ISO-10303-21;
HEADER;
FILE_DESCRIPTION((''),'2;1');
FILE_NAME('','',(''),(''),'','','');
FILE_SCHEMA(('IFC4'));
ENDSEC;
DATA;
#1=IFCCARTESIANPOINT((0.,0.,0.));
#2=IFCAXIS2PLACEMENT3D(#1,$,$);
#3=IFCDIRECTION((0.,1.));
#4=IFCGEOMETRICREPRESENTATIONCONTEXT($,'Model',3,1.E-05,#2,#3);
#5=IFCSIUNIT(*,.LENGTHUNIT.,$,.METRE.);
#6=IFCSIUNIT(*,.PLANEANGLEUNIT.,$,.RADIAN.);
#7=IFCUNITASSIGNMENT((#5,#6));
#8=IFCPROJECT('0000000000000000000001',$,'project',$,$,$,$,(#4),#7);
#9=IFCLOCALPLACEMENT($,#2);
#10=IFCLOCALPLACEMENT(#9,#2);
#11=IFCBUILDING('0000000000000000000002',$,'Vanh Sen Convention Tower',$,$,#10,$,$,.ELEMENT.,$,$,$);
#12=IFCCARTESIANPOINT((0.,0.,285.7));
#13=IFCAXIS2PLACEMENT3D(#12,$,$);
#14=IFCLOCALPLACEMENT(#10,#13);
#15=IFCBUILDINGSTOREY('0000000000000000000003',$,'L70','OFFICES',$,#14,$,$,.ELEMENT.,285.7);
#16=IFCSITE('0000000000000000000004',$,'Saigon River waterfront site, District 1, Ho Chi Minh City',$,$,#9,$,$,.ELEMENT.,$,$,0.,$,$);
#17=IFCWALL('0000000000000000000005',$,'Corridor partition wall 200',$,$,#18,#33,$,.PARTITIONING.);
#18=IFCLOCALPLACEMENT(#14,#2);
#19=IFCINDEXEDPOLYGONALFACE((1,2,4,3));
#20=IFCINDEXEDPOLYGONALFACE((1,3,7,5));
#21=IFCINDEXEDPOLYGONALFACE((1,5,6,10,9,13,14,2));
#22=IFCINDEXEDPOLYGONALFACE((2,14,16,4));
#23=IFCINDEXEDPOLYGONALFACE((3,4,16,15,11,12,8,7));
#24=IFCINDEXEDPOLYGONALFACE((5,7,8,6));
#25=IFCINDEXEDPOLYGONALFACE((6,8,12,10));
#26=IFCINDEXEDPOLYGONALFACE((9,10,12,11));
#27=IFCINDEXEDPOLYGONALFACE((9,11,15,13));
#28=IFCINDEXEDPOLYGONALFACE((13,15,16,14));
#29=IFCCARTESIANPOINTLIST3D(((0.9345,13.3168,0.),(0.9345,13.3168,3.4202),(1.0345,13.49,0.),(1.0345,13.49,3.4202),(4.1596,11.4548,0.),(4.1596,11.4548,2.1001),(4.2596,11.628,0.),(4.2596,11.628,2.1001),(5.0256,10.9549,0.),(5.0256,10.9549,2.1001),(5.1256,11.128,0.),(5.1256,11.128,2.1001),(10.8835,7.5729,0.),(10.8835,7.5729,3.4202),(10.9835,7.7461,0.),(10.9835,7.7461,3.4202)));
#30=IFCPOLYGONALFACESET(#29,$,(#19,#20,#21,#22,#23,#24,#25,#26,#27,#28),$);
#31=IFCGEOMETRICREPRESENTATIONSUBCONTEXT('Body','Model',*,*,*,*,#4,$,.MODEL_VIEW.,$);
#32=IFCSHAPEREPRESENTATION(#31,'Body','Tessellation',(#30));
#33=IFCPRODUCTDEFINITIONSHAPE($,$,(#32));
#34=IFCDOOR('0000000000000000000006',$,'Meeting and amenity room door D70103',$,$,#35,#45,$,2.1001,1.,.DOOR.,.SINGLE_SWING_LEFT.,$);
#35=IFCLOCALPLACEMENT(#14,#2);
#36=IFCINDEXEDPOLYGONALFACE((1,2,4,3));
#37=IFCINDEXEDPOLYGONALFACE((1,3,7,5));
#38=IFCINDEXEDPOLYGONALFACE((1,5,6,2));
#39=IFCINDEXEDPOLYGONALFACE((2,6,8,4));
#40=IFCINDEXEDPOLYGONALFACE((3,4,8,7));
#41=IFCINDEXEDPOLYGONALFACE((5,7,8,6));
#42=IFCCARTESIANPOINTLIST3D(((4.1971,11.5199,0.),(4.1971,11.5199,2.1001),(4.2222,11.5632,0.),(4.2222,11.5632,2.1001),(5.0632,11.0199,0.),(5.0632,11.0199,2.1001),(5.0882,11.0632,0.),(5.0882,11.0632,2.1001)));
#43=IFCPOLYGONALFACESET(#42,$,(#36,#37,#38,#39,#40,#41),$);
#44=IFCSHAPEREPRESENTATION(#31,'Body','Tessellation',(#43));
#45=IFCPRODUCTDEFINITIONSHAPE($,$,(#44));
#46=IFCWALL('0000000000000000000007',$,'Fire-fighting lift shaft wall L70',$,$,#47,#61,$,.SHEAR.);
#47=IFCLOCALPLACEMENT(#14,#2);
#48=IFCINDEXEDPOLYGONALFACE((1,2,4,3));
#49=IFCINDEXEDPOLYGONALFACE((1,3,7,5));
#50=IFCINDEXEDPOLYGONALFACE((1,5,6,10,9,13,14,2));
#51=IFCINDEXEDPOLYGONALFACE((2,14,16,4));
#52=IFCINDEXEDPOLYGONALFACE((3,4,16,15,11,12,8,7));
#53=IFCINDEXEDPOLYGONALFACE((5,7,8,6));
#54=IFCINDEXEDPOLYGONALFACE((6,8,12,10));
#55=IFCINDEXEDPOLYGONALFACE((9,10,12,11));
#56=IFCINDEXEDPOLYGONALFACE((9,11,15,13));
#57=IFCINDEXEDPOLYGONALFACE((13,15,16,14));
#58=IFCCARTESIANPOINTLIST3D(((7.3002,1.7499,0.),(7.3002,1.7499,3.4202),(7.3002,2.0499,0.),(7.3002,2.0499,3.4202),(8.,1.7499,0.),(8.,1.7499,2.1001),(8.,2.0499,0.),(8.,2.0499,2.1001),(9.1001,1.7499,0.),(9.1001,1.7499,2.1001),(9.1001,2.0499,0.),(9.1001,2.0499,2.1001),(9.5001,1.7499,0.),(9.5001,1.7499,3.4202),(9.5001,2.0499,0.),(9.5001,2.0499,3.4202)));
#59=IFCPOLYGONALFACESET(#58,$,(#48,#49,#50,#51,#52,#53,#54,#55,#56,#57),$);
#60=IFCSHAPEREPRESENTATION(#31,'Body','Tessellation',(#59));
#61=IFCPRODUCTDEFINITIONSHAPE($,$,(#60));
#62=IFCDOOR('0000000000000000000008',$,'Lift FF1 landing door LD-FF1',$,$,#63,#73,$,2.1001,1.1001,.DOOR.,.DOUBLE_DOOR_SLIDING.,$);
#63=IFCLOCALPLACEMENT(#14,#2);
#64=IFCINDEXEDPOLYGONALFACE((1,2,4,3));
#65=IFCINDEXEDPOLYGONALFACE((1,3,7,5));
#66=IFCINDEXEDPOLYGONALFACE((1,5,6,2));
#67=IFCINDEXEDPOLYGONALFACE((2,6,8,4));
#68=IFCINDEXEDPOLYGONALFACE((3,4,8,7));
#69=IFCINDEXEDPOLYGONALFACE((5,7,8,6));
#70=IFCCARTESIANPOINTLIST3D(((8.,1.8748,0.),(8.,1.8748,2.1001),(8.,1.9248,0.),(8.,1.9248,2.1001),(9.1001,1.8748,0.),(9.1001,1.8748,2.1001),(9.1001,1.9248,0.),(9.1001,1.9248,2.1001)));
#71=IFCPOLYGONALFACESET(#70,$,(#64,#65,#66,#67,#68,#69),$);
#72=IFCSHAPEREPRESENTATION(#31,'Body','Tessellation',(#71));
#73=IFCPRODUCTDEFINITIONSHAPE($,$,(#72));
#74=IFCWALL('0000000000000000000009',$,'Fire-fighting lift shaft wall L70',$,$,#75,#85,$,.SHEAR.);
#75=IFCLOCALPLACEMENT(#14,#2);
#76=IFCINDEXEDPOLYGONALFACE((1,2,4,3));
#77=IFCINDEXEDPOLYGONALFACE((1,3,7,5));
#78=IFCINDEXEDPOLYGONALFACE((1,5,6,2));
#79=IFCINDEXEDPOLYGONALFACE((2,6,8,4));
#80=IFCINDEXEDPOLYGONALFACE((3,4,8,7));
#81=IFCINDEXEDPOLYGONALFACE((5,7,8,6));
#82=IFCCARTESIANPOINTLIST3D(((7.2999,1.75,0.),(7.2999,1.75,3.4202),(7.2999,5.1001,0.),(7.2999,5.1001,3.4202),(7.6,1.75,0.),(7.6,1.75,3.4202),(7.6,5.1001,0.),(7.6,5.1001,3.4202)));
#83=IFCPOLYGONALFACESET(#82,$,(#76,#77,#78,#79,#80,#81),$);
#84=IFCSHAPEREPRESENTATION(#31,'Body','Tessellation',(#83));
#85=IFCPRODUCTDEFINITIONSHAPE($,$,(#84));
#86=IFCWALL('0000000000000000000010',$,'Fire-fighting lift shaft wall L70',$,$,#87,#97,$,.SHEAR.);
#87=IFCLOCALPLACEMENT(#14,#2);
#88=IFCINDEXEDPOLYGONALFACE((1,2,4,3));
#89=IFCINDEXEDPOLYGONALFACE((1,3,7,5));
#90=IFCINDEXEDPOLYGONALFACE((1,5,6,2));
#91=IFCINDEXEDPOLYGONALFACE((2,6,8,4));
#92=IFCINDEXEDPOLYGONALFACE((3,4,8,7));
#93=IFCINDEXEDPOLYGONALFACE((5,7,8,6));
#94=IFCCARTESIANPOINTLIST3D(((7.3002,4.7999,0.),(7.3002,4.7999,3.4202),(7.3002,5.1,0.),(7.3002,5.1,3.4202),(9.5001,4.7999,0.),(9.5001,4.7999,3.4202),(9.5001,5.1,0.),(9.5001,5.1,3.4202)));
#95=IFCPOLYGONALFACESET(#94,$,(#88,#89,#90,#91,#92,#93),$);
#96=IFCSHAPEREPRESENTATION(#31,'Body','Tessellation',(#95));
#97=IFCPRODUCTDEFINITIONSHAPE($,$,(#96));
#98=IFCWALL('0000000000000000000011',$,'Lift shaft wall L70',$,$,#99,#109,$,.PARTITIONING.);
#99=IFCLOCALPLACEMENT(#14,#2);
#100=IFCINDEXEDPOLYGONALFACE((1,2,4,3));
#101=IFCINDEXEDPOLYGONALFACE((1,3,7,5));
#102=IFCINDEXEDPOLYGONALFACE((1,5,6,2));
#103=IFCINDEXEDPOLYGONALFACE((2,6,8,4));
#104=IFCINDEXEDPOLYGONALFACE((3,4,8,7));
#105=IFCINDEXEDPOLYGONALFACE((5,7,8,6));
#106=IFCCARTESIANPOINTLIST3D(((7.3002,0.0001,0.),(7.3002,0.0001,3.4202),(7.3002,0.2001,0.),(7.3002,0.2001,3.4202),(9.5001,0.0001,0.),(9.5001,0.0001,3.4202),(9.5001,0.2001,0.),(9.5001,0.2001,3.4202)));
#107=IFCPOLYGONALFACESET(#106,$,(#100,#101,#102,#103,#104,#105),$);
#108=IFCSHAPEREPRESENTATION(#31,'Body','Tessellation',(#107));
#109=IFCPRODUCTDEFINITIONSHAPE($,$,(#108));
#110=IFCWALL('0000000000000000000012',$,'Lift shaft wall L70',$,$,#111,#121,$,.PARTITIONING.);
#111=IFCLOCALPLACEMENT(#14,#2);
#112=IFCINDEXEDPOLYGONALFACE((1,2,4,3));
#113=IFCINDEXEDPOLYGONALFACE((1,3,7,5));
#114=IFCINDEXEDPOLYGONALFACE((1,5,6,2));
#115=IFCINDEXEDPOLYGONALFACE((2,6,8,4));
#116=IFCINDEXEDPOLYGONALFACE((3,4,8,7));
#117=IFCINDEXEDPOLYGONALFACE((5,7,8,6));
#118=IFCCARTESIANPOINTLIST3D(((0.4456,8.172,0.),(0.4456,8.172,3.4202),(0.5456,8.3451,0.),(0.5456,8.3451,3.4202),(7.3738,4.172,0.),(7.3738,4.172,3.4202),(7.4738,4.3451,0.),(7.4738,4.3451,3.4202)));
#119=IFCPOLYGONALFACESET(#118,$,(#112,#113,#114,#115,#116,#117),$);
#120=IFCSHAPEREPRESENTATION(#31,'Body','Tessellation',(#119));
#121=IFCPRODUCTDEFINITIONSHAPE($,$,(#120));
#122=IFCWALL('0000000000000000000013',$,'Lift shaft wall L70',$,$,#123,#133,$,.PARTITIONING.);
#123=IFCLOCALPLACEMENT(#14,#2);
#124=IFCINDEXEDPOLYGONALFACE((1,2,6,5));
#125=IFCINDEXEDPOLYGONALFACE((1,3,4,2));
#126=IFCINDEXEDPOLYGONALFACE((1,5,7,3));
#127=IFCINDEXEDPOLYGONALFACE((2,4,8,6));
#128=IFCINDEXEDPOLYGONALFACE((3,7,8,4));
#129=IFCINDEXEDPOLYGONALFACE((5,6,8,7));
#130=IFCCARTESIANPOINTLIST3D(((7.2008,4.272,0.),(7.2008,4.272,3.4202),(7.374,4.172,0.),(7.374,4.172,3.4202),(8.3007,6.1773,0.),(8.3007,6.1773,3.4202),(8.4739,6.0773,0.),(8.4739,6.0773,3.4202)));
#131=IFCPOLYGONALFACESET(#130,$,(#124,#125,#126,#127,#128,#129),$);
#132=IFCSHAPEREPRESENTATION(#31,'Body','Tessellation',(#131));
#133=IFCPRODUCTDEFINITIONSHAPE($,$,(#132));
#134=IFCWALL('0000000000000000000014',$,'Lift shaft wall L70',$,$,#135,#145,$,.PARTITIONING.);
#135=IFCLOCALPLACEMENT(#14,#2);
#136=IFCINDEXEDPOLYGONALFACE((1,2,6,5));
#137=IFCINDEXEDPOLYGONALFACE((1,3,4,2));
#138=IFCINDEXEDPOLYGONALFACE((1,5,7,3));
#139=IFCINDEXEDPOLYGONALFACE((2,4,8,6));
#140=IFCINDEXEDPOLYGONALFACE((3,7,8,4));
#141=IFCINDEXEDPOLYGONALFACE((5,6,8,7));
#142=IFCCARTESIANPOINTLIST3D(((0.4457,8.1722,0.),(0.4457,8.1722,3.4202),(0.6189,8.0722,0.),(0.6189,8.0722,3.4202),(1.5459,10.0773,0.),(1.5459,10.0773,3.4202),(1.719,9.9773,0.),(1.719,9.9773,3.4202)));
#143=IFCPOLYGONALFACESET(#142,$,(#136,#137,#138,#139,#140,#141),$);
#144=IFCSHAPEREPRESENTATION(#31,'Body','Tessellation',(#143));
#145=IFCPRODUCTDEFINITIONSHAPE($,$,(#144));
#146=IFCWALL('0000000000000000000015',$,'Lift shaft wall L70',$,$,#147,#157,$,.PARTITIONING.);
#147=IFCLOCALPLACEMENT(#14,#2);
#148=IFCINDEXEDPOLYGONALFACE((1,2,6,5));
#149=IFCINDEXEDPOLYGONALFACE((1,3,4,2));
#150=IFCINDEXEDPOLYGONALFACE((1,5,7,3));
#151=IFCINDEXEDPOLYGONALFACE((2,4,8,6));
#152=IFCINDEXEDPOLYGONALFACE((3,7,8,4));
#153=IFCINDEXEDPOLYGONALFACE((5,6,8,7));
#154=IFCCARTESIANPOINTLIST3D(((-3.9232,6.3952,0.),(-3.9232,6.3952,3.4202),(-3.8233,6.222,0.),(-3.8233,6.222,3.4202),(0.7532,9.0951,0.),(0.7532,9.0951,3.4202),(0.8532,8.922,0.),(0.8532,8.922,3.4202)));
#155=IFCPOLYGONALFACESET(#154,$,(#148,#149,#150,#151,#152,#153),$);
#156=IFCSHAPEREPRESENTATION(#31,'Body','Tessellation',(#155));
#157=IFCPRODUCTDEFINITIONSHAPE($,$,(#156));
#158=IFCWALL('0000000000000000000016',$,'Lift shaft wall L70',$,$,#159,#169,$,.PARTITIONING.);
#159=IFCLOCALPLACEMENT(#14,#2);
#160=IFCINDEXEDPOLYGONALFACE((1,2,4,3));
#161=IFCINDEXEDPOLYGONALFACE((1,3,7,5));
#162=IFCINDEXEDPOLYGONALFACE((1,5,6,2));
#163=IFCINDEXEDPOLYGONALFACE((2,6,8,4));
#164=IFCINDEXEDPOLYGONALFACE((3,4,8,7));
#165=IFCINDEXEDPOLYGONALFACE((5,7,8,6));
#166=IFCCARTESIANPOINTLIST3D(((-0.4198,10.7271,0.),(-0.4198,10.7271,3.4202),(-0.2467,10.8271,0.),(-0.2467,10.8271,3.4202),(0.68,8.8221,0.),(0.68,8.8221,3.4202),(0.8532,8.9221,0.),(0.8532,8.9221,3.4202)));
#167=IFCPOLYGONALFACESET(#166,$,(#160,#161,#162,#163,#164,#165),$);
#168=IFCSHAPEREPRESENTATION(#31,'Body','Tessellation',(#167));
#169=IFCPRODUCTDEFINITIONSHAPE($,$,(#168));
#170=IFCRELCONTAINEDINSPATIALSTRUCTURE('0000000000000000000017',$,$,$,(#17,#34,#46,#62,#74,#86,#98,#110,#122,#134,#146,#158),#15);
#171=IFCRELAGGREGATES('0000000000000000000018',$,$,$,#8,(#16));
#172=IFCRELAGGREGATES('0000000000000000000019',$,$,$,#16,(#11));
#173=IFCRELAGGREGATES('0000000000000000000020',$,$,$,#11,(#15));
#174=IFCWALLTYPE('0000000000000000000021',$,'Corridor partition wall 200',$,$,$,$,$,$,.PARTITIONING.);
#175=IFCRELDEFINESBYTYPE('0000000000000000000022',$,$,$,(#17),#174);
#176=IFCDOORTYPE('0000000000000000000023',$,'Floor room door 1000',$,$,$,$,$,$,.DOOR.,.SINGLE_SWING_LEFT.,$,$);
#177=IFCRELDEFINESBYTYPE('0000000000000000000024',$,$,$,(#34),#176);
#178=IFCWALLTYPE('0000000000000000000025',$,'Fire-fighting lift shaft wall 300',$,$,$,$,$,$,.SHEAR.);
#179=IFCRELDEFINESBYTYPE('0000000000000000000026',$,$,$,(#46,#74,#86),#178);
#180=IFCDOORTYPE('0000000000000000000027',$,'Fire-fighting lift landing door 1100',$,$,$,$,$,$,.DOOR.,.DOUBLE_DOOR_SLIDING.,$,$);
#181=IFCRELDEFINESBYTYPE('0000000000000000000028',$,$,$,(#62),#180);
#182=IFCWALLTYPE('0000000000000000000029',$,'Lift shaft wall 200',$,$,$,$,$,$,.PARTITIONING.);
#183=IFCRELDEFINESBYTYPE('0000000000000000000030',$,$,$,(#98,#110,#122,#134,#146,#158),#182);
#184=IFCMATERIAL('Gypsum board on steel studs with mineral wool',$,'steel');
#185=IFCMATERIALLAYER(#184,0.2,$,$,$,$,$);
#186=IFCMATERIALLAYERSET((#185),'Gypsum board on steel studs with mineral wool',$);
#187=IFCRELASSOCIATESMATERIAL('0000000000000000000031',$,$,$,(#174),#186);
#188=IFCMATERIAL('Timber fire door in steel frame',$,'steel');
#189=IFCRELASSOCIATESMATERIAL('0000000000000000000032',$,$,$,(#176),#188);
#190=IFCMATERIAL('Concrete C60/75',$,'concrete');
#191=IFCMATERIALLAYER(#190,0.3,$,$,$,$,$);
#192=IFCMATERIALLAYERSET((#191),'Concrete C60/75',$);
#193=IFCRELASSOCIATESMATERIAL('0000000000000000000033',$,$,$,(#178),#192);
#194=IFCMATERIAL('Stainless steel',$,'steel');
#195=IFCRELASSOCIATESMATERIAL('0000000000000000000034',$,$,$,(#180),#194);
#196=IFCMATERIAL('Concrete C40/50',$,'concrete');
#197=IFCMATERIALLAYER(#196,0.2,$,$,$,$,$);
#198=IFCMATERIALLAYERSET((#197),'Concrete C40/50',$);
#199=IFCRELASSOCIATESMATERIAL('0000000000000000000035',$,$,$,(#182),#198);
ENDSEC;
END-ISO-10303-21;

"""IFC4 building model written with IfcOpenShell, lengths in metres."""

from ifc_helpers import new_model, si_unit, direction, frame, frame_2d, origin, place, context, subcontext, project, spatial, rectangle, extrude, material, layer, layer_set, type_object, element, fill, save


model = new_model("IFC4")

# Units and contexts
model_context = context("Model", 3, precision=1e-05, world=origin(), true_north=direction((0.0, 1.0)))
body_context = subcontext(model_context, "Body", "Model", "MODEL_VIEW")
ifc_project = project(units=[si_unit("LENGTHUNIT", "METRE"), si_unit("PLANEANGLEUNIT", "RADIAN")], contexts=[model_context])

# Site, building, storey
site_placement = place(None, origin())
site = spatial("IfcSite", under=ifc_project, at=site_placement, Name="Saigon River waterfront site, District 1, Ho Chi Minh City", CompositionType="ELEMENT", RefElevation=0.0)
building_placement = place(site_placement, origin())
building = spatial("IfcBuilding", under=site, at=building_placement, Name="Vanh Sen Convention Tower", CompositionType="ELEMENT")
storey_placement = place(building_placement, frame((0.0, 0.0, 285.7)))
storey = spatial("IfcBuildingStorey", under=building, at=storey_placement, Name="L70", Description="OFFICES", CompositionType="ELEMENT", Elevation=285.7)

# Shared definitions
ifc_material_1 = material(Name="Concrete C40/50", Category="concrete")

# Walls, openings, doors
ifc_material_2 = material(Name="Concrete C60/75", Category="concrete")
ifc_material_3 = material(Name="Gypsum board on steel studs with mineral wool", Category="steel")
ifc_layer_1 = layer(ifc_material_3, 0.2)
ifc_layer_set_1 = layer_set([ifc_layer_1], Name="Gypsum board on steel studs with mineral wool")
wall_type_1 = type_object("IfcWallType", Name="Corridor partition wall 200", PredefinedType="PARTITIONING", material=ifc_layer_set_1)
wall_1_placement = place(storey_placement, frame((10.9336, 7.6594, 0.0), z_axis=(0.0, 0.0, 1.0), x_axis=(-0.866031, 0.49999, 0.0)))
wall_1 = element("IfcWall", 1, at=wall_1_placement, inside=storey, type_object=wall_type_1, Name="Corridor partition wall 200", PredefinedType="PARTITIONING", context=body_context, shape_type="SweptSolid", body=[
    extrude(rectangle(XDim=11.488, YDim=0.2, at=frame_2d((5.7441, 0.0))), origin(), (0.0, 0.0, 1.0), 3.4202),
])
opening_1_placement = place(wall_1_placement, frame((6.7642, 0.0, 0.0)))
opening_1 = element("IfcOpeningElement", 2, at=opening_1_placement, cuts=wall_1, PredefinedType="OPENING", context=body_context, shape_type="SweptSolid", body=[
    extrude(rectangle(XDim=1.0, YDim=2.1001, at=frame_2d((0.5, 1.05))), frame((0.0, 0.1099, 0.0), z_axis=(0.0, -1.0, 0.0), x_axis=(1.0, 0.0, 0.0)), (0.0, 0.0, 1.0), 0.22),
])
ifc_material_4 = material(Name="Timber fire door in steel frame", Category="steel")
door_type_1 = type_object("IfcDoorType", Name="Floor room door 1000", OperationType="SINGLE_SWING_LEFT", PredefinedType="DOOR", material=ifc_material_4)
door_1_placement = place(opening_1_placement, origin())
door_1 = element("IfcDoor", 3, at=door_1_placement, inside=storey, type_object=door_type_1, Name="Meeting and amenity room door D70103", OperationType="SINGLE_SWING_LEFT", OverallHeight=2.1001, OverallWidth=1.0, PredefinedType="DOOR", context=body_context, shape_type="SweptSolid", body=[
    extrude(rectangle(XDim=1.0, YDim=2.1001, at=frame_2d((0.5, 1.05))), frame((0.0, 0.0249, 0.0), z_axis=(0.0, -1.0, 0.0), x_axis=(1.0, 0.0, 0.0)), (0.0, 0.0, 1.0), 0.05),
])
fill(opening_1, door_1)
ifc_layer_2 = layer(ifc_material_2, 0.3)
ifc_layer_set_2 = layer_set([ifc_layer_2], Name="Concrete C60/75")
wall_type_2 = type_object("IfcWallType", Name="Fire-fighting lift shaft wall 300", PredefinedType="SHEAR", material=ifc_layer_set_2)
wall_2_placement = place(storey_placement, frame((7.3, 1.8999, 0.0), z_axis=(0.0, 0.0, 1.0), x_axis=(1.0, 0.0, 0.0)))
wall_2 = element("IfcWall", 4, at=wall_2_placement, inside=storey, type_object=wall_type_2, Name="Fire-fighting lift shaft wall L70", PredefinedType="SHEAR", context=body_context, shape_type="SweptSolid", body=[
    extrude(rectangle(XDim=2.2, YDim=0.3, at=frame_2d((1.1001, 0.0))), origin(), (0.0, 0.0, 1.0), 3.4202),
])
opening_2_placement = place(wall_2_placement, frame((0.7, 0.0, 0.0)))
opening_2 = element("IfcOpeningElement", 5, at=opening_2_placement, cuts=wall_2, PredefinedType="OPENING", context=body_context, shape_type="SweptSolid", body=[
    extrude(rectangle(XDim=1.1001, YDim=2.1001, at=frame_2d((0.55, 1.05))), frame((0.0, 0.1599, 0.0), z_axis=(0.0, -1.0, 0.0), x_axis=(1.0, 0.0, 0.0)), (0.0, 0.0, 1.0), 0.3201),
])
ifc_material_5 = material(Name="Stainless steel", Category="steel")
door_type_2 = type_object("IfcDoorType", Name="Fire-fighting lift landing door 1100", OperationType="DOUBLE_DOOR_SLIDING", PredefinedType="DOOR", material=ifc_material_5)
door_2_placement = place(opening_2_placement, origin())
door_2 = element("IfcDoor", 6, at=door_2_placement, inside=storey, type_object=door_type_2, Name="Lift FF1 landing door LD-FF1", OperationType="DOUBLE_DOOR_SLIDING", OverallHeight=2.1001, OverallWidth=1.1001, PredefinedType="DOOR", context=body_context, shape_type="SweptSolid", body=[
    extrude(rectangle(XDim=1.1001, YDim=2.1001, at=frame_2d((0.55, 1.05))), frame((0.0, 0.0249, 0.0), z_axis=(0.0, -1.0, 0.0), x_axis=(1.0, 0.0, 0.0)), (0.0, 0.0, 1.0), 0.05),
])
fill(opening_2, door_2)

# Walls
wall_3_placement = place(storey_placement, frame((7.45, 1.75, 0.0), z_axis=(0.0, 0.0, 1.0), x_axis=(0.0, 1.0, 0.0)))
element("IfcWall", 7, at=wall_3_placement, inside=storey, type_object=wall_type_2, Name="Fire-fighting lift shaft wall L70", PredefinedType="SHEAR", context=body_context, shape_type="SweptSolid", body=[
    extrude(rectangle(XDim=3.3501, YDim=0.3, at=frame_2d((1.675, 0.0))), origin(), (0.0, 0.0, 1.0), 3.4202),
])
wall_4_placement = place(storey_placement, frame((7.3, 4.95, 0.0), z_axis=(0.0, 0.0, 1.0), x_axis=(1.0, 0.0, 0.0)))
element("IfcWall", 8, at=wall_4_placement, inside=storey, type_object=wall_type_2, Name="Fire-fighting lift shaft wall L70", PredefinedType="SHEAR", context=body_context, shape_type="SweptSolid", body=[
    extrude(rectangle(XDim=2.2, YDim=0.3, at=frame_2d((1.1001, 0.0))), origin(), (0.0, 0.0, 1.0), 3.4202),
])
ifc_layer_3 = layer(ifc_material_1, 0.2)
ifc_layer_set_3 = layer_set([ifc_layer_3], Name="Concrete C40/50")
wall_type_3 = type_object("IfcWallType", Name="Lift shaft wall 200", PredefinedType="PARTITIONING", material=ifc_layer_set_3)
wall_5_placement = place(storey_placement, frame((7.3, 0.1001, 0.0), z_axis=(0.0, 0.0, 1.0), x_axis=(1.0, 0.0, 0.0)))
element("IfcWall", 9, at=wall_5_placement, inside=storey, type_object=wall_type_3, Name="Lift shaft wall L70", PredefinedType="PARTITIONING", context=body_context, shape_type="SweptSolid", body=[
    extrude(rectangle(XDim=2.2, YDim=0.2, at=frame_2d((1.1001, 0.0))), origin(), (0.0, 0.0, 1.0), 3.4202),
])
wall_6_placement = place(storey_placement, frame((7.4238, 4.2585, 0.0), z_axis=(0.0, 0.0, 1.0), x_axis=(-0.866026, 0.499999, 0.0)))
element("IfcWall", 10, at=wall_6_placement, inside=storey, type_object=wall_type_3, Name="Lift shaft wall L70", PredefinedType="PARTITIONING", context=body_context, shape_type="SweptSolid", body=[
    extrude(rectangle(XDim=8.0, YDim=0.2, at=frame_2d((4.0, 0.0))), origin(), (0.0, 0.0, 1.0), 3.4202),
])
for number, where, z_axis, x_axis, name in (
    (11, (7.2874, 4.2219, 0.0), (0.0, 0.0, 1.0), (0.499947, 0.866056, 0.0), "Lift shaft wall L70"),
    (12, (0.5322, 8.1221, 0.0), (0.0, 0.0, 1.0), (0.500078, 0.86598, 0.0), "Lift shaft wall L70"),
):
    element("IfcWall", number, at=place(storey_placement, frame(where, z_axis=z_axis, x_axis=x_axis)), inside=storey, type_object=wall_type_3, Name=name, PredefinedType="PARTITIONING", context=body_context, shape_type="SweptSolid", body=[
        extrude(rectangle(XDim=2.2, YDim=0.2, at=frame_2d((1.1001, 0.0))), origin(), (0.0, 0.0, 1.0), 3.4202),
    ])
wall_7_placement = place(storey_placement, frame((0.8032, 9.0085, 0.0), z_axis=(0.0, 0.0, 1.0), x_axis=(-0.866028, -0.499995, 0.0)))
element("IfcWall", 13, at=wall_7_placement, inside=storey, type_object=wall_type_3, Name="Lift shaft wall L70", PredefinedType="PARTITIONING", context=body_context, shape_type="SweptSolid", body=[
    extrude(rectangle(XDim=5.3999, YDim=0.2, at=frame_2d((2.7, 0.0))), origin(), (0.0, 0.0, 1.0), 3.4202),
])
wall_8_placement = place(storey_placement, frame((0.7666, 8.8721, 0.0), z_axis=(0.0, 0.0, 1.0), x_axis=(-0.499995, 0.866028, 0.0)))
element("IfcWall", 14, at=wall_8_placement, inside=storey, type_object=wall_type_3, Name="Lift shaft wall L70", PredefinedType="PARTITIONING", context=body_context, shape_type="SweptSolid", body=[
    extrude(rectangle(XDim=2.1997, YDim=0.2, at=frame_2d((1.0999, 0.0))), origin(), (0.0, 0.0, 1.0), 3.4202),
])

save(model, "model.ifc")
